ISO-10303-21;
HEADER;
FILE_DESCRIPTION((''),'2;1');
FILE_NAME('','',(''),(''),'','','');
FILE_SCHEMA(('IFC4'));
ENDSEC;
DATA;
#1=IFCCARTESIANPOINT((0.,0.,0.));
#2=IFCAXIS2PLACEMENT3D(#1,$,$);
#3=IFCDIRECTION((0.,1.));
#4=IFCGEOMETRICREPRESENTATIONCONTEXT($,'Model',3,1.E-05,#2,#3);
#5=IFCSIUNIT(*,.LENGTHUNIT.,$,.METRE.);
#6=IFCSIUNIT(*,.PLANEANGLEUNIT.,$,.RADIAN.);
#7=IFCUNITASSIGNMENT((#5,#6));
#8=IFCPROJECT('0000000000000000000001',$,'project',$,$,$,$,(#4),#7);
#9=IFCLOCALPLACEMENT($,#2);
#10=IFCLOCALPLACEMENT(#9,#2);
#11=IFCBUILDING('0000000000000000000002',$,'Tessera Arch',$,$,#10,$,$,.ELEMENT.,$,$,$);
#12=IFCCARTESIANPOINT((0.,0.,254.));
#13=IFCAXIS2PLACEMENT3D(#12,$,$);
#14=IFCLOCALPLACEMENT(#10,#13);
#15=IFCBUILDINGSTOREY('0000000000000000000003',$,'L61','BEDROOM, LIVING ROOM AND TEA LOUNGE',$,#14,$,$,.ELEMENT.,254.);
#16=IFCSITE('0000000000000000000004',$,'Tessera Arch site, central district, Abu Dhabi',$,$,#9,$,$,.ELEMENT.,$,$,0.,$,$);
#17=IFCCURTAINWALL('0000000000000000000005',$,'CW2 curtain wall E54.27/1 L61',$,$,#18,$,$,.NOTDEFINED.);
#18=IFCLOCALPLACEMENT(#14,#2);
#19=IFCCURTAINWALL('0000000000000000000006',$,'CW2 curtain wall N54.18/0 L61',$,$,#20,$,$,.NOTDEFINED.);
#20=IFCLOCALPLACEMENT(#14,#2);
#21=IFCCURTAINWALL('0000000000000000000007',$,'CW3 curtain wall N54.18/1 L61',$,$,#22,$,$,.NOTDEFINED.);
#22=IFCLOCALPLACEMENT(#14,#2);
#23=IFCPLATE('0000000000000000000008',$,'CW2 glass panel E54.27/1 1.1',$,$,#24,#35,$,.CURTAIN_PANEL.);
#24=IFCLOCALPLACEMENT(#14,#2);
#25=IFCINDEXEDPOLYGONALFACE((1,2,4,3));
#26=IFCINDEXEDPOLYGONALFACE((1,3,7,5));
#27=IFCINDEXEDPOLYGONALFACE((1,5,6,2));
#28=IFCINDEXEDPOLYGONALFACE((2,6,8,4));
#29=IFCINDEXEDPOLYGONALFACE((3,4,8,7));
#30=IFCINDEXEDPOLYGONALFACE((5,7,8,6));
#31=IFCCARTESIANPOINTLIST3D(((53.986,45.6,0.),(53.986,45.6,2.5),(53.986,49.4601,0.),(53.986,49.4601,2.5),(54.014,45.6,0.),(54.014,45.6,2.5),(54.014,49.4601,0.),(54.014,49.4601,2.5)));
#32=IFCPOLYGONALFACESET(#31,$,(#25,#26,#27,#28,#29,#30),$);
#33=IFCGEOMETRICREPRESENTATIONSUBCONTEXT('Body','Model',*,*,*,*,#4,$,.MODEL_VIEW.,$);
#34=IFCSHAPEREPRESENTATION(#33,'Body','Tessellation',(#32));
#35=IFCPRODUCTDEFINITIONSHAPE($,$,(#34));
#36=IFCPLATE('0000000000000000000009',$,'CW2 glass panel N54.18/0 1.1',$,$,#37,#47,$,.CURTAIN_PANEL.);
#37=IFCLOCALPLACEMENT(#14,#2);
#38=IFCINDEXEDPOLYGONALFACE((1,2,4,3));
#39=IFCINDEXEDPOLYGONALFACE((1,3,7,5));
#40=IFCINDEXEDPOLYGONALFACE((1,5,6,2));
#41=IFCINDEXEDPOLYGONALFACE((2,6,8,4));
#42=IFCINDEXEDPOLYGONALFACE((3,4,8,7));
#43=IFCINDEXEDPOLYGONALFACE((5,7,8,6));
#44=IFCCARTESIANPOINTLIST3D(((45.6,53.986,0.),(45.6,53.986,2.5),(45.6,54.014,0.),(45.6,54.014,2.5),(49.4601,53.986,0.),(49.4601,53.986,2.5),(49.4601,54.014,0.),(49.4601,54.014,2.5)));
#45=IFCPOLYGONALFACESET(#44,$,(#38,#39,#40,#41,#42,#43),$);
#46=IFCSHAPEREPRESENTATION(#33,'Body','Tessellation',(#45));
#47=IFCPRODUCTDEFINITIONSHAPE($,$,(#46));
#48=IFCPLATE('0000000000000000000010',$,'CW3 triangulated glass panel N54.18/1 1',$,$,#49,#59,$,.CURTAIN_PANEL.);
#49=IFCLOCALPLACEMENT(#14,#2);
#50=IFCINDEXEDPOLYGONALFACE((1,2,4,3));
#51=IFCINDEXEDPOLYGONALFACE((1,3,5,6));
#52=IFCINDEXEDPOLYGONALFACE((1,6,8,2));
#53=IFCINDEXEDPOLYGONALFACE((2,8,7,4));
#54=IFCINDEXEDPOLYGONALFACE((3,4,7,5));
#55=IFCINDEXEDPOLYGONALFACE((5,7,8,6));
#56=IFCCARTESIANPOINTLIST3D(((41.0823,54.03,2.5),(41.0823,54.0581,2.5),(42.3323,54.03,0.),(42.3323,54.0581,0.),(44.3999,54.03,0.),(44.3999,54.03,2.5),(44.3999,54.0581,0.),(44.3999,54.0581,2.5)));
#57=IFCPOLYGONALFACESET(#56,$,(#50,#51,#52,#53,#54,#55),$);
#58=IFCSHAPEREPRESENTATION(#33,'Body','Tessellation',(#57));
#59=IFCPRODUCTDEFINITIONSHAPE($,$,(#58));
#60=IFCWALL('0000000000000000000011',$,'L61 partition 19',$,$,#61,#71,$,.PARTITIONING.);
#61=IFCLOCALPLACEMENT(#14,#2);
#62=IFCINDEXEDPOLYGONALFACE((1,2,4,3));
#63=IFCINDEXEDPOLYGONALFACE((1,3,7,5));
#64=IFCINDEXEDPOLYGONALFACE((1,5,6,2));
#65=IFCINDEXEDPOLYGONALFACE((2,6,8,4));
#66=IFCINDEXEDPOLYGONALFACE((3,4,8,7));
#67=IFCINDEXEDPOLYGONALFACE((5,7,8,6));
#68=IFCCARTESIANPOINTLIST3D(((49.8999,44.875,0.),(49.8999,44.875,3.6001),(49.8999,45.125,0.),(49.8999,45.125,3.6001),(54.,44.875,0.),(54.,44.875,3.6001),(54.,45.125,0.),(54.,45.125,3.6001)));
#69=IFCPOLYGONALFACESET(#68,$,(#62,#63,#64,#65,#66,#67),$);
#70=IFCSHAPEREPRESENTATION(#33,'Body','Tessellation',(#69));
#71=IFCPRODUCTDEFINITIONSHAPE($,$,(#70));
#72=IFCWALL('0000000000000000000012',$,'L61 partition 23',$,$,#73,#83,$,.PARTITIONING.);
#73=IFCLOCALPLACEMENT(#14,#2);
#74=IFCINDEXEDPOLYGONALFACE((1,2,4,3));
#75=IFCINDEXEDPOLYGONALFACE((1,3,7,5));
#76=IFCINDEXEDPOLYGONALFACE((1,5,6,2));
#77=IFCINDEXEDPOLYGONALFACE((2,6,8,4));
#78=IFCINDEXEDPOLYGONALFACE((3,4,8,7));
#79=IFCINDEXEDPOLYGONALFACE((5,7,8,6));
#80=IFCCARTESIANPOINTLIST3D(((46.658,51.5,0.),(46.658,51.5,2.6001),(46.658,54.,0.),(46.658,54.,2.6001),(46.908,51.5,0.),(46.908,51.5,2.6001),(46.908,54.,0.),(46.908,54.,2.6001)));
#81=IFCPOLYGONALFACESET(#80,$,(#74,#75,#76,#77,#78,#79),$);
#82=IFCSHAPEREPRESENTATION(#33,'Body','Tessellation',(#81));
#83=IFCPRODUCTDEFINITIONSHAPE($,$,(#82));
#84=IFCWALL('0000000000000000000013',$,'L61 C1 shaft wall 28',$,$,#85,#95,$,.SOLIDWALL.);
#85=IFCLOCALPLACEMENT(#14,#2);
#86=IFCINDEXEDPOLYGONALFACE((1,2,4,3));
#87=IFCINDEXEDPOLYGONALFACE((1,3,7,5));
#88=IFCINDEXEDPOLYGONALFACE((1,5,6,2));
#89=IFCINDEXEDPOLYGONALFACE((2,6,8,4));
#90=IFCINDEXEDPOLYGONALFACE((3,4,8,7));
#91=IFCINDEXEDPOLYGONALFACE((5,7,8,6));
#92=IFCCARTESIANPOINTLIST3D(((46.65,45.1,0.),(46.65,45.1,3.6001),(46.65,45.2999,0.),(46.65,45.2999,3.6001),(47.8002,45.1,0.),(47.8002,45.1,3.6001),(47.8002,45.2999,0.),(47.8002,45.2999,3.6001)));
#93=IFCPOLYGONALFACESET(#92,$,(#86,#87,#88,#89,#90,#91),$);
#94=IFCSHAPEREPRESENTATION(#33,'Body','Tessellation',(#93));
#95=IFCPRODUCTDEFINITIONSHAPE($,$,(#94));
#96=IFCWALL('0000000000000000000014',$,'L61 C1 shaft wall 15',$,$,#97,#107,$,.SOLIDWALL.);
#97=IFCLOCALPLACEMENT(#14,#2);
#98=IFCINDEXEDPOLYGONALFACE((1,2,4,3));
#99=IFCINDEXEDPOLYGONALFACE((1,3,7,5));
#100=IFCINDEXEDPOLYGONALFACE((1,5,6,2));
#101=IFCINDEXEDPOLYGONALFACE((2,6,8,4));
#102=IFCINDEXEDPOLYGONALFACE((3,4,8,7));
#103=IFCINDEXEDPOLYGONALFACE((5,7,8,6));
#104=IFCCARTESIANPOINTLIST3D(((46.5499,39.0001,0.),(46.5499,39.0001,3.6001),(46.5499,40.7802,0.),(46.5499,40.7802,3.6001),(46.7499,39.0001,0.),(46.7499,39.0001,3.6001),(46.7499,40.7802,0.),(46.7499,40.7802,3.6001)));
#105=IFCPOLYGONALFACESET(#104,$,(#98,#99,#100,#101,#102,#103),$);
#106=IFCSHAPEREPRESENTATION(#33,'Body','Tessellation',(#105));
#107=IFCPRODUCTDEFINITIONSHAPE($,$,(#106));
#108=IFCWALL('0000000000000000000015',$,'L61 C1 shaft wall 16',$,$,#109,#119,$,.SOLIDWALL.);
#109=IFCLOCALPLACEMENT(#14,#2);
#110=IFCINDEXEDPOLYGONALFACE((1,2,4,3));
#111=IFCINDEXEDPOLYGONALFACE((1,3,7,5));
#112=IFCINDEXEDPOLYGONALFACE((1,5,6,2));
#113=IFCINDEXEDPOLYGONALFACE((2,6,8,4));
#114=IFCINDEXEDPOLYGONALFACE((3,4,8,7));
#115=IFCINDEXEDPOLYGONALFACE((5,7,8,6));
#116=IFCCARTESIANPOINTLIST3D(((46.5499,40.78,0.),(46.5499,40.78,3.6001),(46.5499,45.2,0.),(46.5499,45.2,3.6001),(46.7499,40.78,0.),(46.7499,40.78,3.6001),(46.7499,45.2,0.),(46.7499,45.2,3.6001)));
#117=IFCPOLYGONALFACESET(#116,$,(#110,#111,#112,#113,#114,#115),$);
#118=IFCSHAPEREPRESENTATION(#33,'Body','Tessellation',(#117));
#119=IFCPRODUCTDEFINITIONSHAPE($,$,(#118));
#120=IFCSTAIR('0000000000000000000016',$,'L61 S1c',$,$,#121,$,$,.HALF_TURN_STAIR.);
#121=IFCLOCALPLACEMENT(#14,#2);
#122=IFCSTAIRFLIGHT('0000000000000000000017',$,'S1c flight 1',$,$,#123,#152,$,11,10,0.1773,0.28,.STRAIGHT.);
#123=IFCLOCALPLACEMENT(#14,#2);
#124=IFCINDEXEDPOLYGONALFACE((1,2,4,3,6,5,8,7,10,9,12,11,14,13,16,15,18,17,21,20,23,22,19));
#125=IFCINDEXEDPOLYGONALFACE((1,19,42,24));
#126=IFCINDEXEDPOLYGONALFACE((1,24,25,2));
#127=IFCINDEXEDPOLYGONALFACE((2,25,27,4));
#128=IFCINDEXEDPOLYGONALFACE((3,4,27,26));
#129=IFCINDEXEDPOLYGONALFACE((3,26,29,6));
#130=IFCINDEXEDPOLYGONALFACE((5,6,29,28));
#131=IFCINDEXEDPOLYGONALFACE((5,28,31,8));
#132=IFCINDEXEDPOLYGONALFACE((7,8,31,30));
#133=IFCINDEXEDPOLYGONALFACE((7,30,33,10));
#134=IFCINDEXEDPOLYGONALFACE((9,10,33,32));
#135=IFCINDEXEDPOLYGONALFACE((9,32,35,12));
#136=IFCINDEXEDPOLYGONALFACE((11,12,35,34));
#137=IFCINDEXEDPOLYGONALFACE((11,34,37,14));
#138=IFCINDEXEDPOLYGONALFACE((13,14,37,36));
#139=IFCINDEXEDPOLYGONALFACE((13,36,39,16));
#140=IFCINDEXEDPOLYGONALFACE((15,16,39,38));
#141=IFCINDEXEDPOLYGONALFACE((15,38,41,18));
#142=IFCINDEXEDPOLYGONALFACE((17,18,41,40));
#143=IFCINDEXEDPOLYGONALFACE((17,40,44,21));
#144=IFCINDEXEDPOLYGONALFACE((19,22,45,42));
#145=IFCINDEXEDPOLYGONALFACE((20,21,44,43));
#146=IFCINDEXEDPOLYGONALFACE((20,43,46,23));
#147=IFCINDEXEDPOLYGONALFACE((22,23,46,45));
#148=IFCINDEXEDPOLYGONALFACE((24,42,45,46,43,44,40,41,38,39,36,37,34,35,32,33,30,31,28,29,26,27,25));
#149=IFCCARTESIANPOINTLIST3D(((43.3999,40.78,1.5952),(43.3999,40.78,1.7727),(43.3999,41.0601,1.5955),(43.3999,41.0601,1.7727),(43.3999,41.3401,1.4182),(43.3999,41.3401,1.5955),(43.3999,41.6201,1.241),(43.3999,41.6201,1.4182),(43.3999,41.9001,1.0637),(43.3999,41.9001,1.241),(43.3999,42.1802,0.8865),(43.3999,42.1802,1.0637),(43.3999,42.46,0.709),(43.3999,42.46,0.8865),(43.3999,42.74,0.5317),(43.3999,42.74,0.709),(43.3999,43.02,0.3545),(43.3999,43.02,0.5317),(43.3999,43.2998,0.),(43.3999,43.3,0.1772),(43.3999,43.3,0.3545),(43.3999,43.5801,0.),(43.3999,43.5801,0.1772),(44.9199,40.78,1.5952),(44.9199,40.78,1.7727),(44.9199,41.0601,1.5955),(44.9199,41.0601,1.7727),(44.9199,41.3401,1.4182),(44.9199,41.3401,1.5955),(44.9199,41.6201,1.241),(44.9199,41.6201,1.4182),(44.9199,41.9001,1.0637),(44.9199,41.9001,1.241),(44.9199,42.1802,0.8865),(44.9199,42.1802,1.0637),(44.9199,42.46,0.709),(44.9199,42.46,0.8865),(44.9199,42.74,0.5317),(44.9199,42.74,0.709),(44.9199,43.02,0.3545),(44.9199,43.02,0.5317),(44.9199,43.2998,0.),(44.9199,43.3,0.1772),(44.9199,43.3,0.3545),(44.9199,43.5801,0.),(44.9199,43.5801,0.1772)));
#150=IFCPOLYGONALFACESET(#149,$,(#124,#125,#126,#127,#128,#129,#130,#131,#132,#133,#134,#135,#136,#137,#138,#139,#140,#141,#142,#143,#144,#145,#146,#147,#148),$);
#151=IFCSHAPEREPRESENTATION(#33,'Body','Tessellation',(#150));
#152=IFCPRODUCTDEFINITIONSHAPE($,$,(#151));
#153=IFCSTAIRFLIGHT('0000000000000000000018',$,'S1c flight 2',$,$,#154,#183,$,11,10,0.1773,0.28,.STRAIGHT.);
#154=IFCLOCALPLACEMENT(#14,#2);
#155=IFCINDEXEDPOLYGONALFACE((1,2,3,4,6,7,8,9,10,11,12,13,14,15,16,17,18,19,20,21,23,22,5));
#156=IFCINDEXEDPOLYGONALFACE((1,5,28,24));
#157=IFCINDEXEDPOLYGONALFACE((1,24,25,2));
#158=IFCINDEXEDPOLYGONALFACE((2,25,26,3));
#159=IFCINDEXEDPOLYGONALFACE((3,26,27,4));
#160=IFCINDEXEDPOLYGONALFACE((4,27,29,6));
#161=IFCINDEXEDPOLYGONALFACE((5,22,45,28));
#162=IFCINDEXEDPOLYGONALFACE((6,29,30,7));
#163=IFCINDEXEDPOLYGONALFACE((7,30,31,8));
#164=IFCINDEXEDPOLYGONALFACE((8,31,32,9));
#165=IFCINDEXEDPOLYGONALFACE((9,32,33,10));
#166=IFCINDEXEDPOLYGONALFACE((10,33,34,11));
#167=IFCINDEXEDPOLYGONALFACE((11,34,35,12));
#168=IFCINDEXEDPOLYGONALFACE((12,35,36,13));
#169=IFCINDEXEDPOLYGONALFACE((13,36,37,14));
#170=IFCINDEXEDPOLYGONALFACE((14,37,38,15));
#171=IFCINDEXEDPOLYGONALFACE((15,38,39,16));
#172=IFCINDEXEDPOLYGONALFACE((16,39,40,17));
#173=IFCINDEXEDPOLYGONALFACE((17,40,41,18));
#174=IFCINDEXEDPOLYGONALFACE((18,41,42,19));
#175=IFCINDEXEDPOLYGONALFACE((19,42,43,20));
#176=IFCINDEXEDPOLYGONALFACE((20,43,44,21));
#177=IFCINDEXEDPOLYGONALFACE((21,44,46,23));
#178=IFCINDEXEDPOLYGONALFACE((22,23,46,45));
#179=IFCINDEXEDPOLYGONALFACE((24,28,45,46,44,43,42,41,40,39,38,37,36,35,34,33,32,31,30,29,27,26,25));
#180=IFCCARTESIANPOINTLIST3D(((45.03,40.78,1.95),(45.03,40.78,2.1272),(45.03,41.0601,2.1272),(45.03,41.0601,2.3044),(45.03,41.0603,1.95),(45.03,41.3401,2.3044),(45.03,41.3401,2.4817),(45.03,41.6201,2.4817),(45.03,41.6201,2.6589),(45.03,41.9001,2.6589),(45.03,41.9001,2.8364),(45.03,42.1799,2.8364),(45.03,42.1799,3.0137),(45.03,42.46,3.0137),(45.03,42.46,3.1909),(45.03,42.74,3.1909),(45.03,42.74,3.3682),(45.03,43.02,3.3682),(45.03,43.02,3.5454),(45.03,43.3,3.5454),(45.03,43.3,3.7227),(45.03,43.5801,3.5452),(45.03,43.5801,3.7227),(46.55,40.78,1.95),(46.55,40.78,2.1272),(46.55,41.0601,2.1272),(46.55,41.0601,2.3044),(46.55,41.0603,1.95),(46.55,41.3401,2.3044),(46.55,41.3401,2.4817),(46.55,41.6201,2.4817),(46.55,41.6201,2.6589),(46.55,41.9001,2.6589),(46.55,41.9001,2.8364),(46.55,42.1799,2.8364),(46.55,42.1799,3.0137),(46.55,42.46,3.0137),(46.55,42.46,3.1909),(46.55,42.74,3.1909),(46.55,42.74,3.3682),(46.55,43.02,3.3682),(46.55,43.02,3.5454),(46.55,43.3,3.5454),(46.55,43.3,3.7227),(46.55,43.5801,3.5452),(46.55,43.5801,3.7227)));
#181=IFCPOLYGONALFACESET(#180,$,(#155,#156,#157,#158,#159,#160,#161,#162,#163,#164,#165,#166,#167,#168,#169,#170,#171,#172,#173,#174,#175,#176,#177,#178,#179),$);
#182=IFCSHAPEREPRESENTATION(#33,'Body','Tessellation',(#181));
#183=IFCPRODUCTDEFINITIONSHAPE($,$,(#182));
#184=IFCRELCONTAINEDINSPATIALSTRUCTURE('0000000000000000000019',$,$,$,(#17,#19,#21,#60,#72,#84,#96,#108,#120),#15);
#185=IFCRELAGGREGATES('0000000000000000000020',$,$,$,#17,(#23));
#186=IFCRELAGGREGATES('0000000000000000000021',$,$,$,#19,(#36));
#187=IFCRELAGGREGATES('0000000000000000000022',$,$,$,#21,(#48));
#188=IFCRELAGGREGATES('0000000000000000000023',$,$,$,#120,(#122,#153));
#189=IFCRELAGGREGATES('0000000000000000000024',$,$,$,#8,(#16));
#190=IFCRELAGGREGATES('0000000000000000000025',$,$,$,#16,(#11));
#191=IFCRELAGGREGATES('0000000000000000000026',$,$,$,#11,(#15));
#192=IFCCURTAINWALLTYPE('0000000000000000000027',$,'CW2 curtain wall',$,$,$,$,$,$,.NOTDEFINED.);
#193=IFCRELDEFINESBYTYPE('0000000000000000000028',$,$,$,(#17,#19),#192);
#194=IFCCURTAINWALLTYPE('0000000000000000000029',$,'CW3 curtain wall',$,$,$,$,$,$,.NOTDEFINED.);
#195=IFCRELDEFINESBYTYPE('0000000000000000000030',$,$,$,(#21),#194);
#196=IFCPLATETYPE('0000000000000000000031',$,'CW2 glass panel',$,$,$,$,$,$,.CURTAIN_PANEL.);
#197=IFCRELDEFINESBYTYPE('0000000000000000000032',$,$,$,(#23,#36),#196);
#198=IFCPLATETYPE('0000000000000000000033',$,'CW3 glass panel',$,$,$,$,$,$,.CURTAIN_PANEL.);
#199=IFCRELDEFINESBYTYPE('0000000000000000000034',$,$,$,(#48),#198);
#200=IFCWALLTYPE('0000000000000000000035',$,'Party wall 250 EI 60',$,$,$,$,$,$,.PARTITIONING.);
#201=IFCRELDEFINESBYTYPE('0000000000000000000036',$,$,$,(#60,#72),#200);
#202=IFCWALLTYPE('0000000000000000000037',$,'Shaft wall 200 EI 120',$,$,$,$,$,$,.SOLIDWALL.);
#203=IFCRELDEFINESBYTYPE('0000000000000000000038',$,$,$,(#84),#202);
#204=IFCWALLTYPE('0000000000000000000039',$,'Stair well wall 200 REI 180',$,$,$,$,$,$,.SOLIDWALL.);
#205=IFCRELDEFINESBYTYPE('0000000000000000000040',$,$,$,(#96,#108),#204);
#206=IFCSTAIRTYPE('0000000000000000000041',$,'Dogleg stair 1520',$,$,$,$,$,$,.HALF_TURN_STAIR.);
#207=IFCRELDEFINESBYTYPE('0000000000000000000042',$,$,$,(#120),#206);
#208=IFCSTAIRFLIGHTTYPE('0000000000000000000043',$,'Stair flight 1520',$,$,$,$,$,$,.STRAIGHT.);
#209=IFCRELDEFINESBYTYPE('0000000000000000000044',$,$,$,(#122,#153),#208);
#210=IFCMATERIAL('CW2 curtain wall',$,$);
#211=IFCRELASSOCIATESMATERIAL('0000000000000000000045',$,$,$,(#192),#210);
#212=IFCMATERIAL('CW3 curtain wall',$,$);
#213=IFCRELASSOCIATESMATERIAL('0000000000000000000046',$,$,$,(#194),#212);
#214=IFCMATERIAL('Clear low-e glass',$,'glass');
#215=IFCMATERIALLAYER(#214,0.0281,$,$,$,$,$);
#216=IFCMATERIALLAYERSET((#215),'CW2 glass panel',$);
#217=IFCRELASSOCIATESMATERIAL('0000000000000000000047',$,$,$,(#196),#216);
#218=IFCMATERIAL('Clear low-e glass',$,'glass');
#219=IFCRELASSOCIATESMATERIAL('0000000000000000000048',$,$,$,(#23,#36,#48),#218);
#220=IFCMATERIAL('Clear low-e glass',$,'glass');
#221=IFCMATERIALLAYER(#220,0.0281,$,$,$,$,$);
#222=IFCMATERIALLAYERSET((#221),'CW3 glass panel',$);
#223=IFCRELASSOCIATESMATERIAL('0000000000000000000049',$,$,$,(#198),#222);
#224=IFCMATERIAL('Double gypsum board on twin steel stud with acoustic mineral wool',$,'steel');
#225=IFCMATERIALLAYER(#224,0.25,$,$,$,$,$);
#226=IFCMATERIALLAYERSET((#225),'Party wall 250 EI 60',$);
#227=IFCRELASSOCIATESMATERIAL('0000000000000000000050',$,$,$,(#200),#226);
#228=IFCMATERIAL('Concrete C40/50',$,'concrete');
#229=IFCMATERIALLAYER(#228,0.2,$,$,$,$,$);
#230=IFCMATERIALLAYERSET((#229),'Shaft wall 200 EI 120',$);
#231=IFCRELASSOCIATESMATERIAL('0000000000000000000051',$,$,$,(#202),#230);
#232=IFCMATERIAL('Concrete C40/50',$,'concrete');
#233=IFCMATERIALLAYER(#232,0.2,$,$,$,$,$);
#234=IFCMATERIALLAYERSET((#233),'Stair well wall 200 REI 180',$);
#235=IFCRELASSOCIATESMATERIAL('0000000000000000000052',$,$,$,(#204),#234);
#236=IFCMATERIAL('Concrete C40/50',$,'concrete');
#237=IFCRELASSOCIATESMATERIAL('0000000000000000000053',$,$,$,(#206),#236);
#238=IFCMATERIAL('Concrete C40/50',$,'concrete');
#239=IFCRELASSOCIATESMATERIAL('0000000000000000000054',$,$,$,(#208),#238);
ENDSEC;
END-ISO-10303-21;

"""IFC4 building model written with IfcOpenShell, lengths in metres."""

from ifc_helpers import new_model, si_unit, direction, frame, frame_2d, origin, origin_2d, place, context, subcontext, project, spatial, polyline, rectangle, outline, extrude, material, layer, layer_set, type_object, element, aggregate, save


model = new_model("IFC4")

# Units and contexts
model_context = context("Model", 3, precision=1e-05, world=origin(), true_north=direction((0.0, 1.0)))
body_context = subcontext(model_context, "Body", "Model", "MODEL_VIEW")
ifc_project = project(units=[si_unit("LENGTHUNIT", "METRE"), si_unit("PLANEANGLEUNIT", "RADIAN")], contexts=[model_context])

# Site, building, storey
site_placement = place(None, origin())
site = spatial("IfcSite", under=ifc_project, at=site_placement, Name="Tessera Arch site, central district, Abu Dhabi", CompositionType="ELEMENT", RefElevation=0.0)
building_placement = place(site_placement, origin())
building = spatial("IfcBuilding", under=site, at=building_placement, Name="Tessera Arch", CompositionType="ELEMENT")
storey_placement = place(building_placement, frame((0.0, 0.0, 254.0)))
storey = spatial("IfcBuildingStorey", under=building, at=storey_placement, Name="L61", Description="BEDROOM, LIVING ROOM AND TEA LOUNGE", CompositionType="ELEMENT", Elevation=254.0)

# Curtain walls
ifc_material_1 = material(Name="CW2 curtain wall")
curtain_wall_type_1 = type_object("IfcCurtainWallType", Name="CW2 curtain wall", PredefinedType="NOTDEFINED", material=ifc_material_1)
curtain_wall_1_placement = place(storey_placement, origin())
curtain_wall_1 = element("IfcCurtainWall", 1, at=curtain_wall_1_placement, inside=storey, type_object=curtain_wall_type_1, Name="CW2 curtain wall E54.27/1 L61", PredefinedType="NOTDEFINED")
curtain_wall_2_placement = place(storey_placement, origin())
curtain_wall_2 = element("IfcCurtainWall", 2, at=curtain_wall_2_placement, inside=storey, type_object=curtain_wall_type_1, Name="CW2 curtain wall N54.18/0 L61", PredefinedType="NOTDEFINED")
ifc_material_2 = material(Name="CW3 curtain wall")
curtain_wall_type_2 = type_object("IfcCurtainWallType", Name="CW3 curtain wall", PredefinedType="NOTDEFINED", material=ifc_material_2)
curtain_wall_3_placement = place(storey_placement, origin())
curtain_wall_3 = element("IfcCurtainWall", 3, at=curtain_wall_3_placement, inside=storey, type_object=curtain_wall_type_2, Name="CW3 curtain wall N54.18/1 L61", PredefinedType="NOTDEFINED")

# Plates
ifc_material_3 = material(Name="Clear low-e glass", Category="glass")
ifc_material_4 = material(Name="Clear low-e glass", Category="glass")
ifc_layer_1 = layer(ifc_material_4, 0.0281)
ifc_layer_set_1 = layer_set([ifc_layer_1], Name="CW2 glass panel")
plate_type_1 = type_object("IfcPlateType", Name="CW2 glass panel", PredefinedType="CURTAIN_PANEL", material=ifc_layer_set_1)
plate_1_placement = place(storey_placement, frame((54.0, 47.53, 0.0), z_axis=(0.0, 0.0, 1.0), x_axis=(0.0, 1.0, 0.0)))
plate_1 = element("IfcPlate", 4, at=plate_1_placement, type_object=plate_type_1, material=ifc_material_3, Name="CW2 glass panel E54.27/1 1.1", PredefinedType="CURTAIN_PANEL", context=body_context, shape_type="SweptSolid", body=[
    extrude(rectangle(XDim=3.8601, YDim=0.0281, at=origin_2d()), origin(), (0.0, 0.0, 1.0), 2.5),
])
aggregate(curtain_wall_1, [plate_1])
plate_2_placement = place(storey_placement, frame((47.53, 54.0, 0.0), z_axis=(0.0, 0.0, 1.0), x_axis=(-1.0, 0.0, 0.0)))
plate_2 = element("IfcPlate", 5, at=plate_2_placement, type_object=plate_type_1, material=ifc_material_3, Name="CW2 glass panel N54.18/0 1.1", PredefinedType="CURTAIN_PANEL", context=body_context, shape_type="SweptSolid", body=[
    extrude(rectangle(XDim=3.8601, YDim=0.0281, at=origin_2d()), origin(), (0.0, 0.0, 1.0), 2.5),
])
aggregate(curtain_wall_2, [plate_2])
ifc_material_5 = material(Name="Clear low-e glass", Category="glass")
ifc_layer_2 = layer(ifc_material_5, 0.0281)
ifc_layer_set_2 = layer_set([ifc_layer_2], Name="CW3 glass panel")
plate_type_2 = type_object("IfcPlateType", Name="CW3 glass panel", PredefinedType="CURTAIN_PANEL", material=ifc_layer_set_2)
plate_3_placement = place(storey_placement, frame((44.3999, 54.0581, 0.0), z_axis=(0.0, 1.0, 0.0), x_axis=(-1.0, 0.0, 0.0)))
plate_3 = element("IfcPlate", 6, at=plate_3_placement, type_object=plate_type_2, material=ifc_material_3, Name="CW3 triangulated glass panel N54.18/1 1", PredefinedType="CURTAIN_PANEL", context=body_context, shape_type="SweptSolid", body=[
    extrude(outline(polyline([(0.0, 0.0), (2.0676, 0.0), (3.3176, 2.5), (0.0, 2.5), (0.0, 0.0)])), origin(), (0.0, 0.0, -1.0), 0.0281),
])
aggregate(curtain_wall_3, [plate_3])

# Walls
ifc_material_6 = material(Name="Double gypsum board on twin steel stud with acoustic mineral wool", Category="steel")
ifc_layer_3 = layer(ifc_material_6, 0.25)
ifc_layer_set_3 = layer_set([ifc_layer_3], Name="Party wall 250 EI 60")
wall_type_1 = type_object("IfcWallType", Name="Party wall 250 EI 60", PredefinedType="PARTITIONING", material=ifc_layer_set_3)
wall_1_placement = place(storey_placement, frame((49.8999, 45.0, 0.0), z_axis=(0.0, 0.0, 1.0), x_axis=(1.0, 0.0, 0.0)))
element("IfcWall", 7, at=wall_1_placement, inside=storey, type_object=wall_type_1, Name="L61 partition 19", PredefinedType="PARTITIONING", context=body_context, shape_type="SweptSolid", body=[
    extrude(rectangle(XDim=4.1001, YDim=0.25, at=frame_2d((2.05, 0.0))), origin(), (0.0, 0.0, 1.0), 3.6001),
])
wall_2_placement = place(storey_placement, frame((46.783, 51.5, 0.0), z_axis=(0.0, 0.0, 1.0), x_axis=(0.0, 1.0, 0.0)))
element("IfcWall", 8, at=wall_2_placement, inside=storey, type_object=wall_type_1, Name="L61 partition 23", PredefinedType="PARTITIONING", context=body_context, shape_type="SweptSolid", body=[
    extrude(rectangle(XDim=2.5, YDim=0.25, at=frame_2d((1.25, 0.0))), origin(), (0.0, 0.0, 1.0), 2.6001),
])
ifc_material_7 = material(Name="Concrete C40/50", Category="concrete")
ifc_layer_4 = layer(ifc_material_7, 0.2)
ifc_layer_set_4 = layer_set([ifc_layer_4], Name="Shaft wall 200 EI 120")
wall_type_2 = type_object("IfcWallType", Name="Shaft wall 200 EI 120", PredefinedType="SOLIDWALL", material=ifc_layer_set_4)
wall_3_placement = place(storey_placement, frame((46.6499, 45.2, 0.0), z_axis=(0.0, 0.0, 1.0), x_axis=(1.0, 0.0, 0.0)))
element("IfcWall", 9, at=wall_3_placement, inside=storey, type_object=wall_type_2, Name="L61 C1 shaft wall 28", PredefinedType="SOLIDWALL", context=body_context, shape_type="SweptSolid", body=[
    extrude(rectangle(XDim=1.1501, YDim=0.2, at=frame_2d((0.5752, 0.0))), origin(), (0.0, 0.0, 1.0), 3.6001),
])
ifc_material_8 = material(Name="Concrete C40/50", Category="concrete")
ifc_layer_5 = layer(ifc_material_8, 0.2)
ifc_layer_set_5 = layer_set([ifc_layer_5], Name="Stair well wall 200 REI 180")
wall_type_3 = type_object("IfcWallType", Name="Stair well wall 200 REI 180", PredefinedType="SOLIDWALL", material=ifc_layer_set_5)
wall_4_placement = place(storey_placement, frame((46.6499, 39.0, 0.0), z_axis=(0.0, 0.0, 1.0), x_axis=(0.0, 1.0, 0.0)))
element("IfcWall", 10, at=wall_4_placement, inside=storey, type_object=wall_type_3, Name="L61 C1 shaft wall 15", PredefinedType="SOLIDWALL", context=body_context, shape_type="SweptSolid", body=[
    extrude(rectangle(XDim=1.78, YDim=0.2, at=frame_2d((0.8901, 0.0))), origin(), (0.0, 0.0, 1.0), 3.6001),
])
wall_5_placement = place(storey_placement, frame((46.6499, 40.78, 0.0), z_axis=(0.0, 0.0, 1.0), x_axis=(0.0, 1.0, 0.0)))
element("IfcWall", 11, at=wall_5_placement, inside=storey, type_object=wall_type_3, Name="L61 C1 shaft wall 16", PredefinedType="SOLIDWALL", context=body_context, shape_type="SweptSolid", body=[
    extrude(rectangle(XDim=4.4199, YDim=0.2, at=frame_2d((2.21, 0.0))), origin(), (0.0, 0.0, 1.0), 3.6001),
])

# Stair, stair flights
ifc_material_9 = material(Name="Concrete C40/50", Category="concrete")
stair_type = type_object("IfcStairType", Name="Dogleg stair 1520", PredefinedType="HALF_TURN_STAIR", material=ifc_material_9)
stair_placement = place(storey_placement, origin())
stair = element("IfcStair", 12, at=stair_placement, inside=storey, type_object=stair_type, Name="L61 S1c", PredefinedType="HALF_TURN_STAIR")
ifc_material_10 = material(Name="Concrete C40/50", Category="concrete")
stair_flight_type = type_object("IfcStairFlightType", Name="Stair flight 1520", PredefinedType="STRAIGHT", material=ifc_material_10)
stair_flight_1_placement = place(storey_placement, frame((44.1599, 43.5801, 0.0), z_axis=(0.0, 0.0, 1.0), x_axis=(0.0, -1.0, 0.0)))
stair_flight_1 = element("IfcStairFlight", 13, at=stair_flight_1_placement, type_object=stair_flight_type, Name="S1c flight 1", NumberOfRisers=11, NumberOfTreads=10, PredefinedType="STRAIGHT", RiserHeight=0.1773, TreadLength=0.28, context=body_context, shape_type="SweptSolid", body=[
    extrude(outline(polyline([(0.0, 0.0), (0.0, 0.1772), (0.28, 0.1772), (0.28, 0.3545), (0.5601, 0.3545), (0.5601, 0.5317), (0.8401, 0.5317), (0.8401, 0.709), (1.1201, 0.709), (1.1201, 0.8865), (1.3999, 0.8865), (1.3999, 1.0637), (1.6799, 1.0637), (1.6799, 1.241), (1.96, 1.241), (1.96, 1.4182), (2.24, 1.4182), (2.24, 1.5955), (2.52, 1.5955), (2.52, 1.7727), (2.8, 1.7727), (2.8, 1.95), (2.8, 1.5952), (0.2803, 0.0), (0.0, 0.0)])), frame((0.0, 0.76, 0.0), z_axis=(0.0, -1.0, 0.0), x_axis=(1.0, 0.0, 0.0)), (0.0, 0.0, 1.0), 1.52),
])
stair_flight_2_placement = place(storey_placement, frame((45.79, 40.78, 1.95), z_axis=(0.0, 0.0, 1.0), x_axis=(0.0, 1.0, 0.0)))
stair_flight_2 = element("IfcStairFlight", 14, at=stair_flight_2_placement, type_object=stair_flight_type, Name="S1c flight 2", NumberOfRisers=11, NumberOfTreads=10, PredefinedType="STRAIGHT", RiserHeight=0.1773, TreadLength=0.28, context=body_context, shape_type="SweptSolid", body=[
    extrude(outline(polyline([(0.0, 0.0), (0.0, 0.1772), (0.28, 0.1772), (0.28, 0.3545), (0.5601, 0.3545), (0.5601, 0.5317), (0.8401, 0.5317), (0.8401, 0.709), (1.1201, 0.709), (1.1201, 0.8865), (1.3999, 0.8865), (1.3999, 1.0637), (1.6799, 1.0637), (1.6799, 1.241), (1.96, 1.241), (1.96, 1.4182), (2.24, 1.4182), (2.24, 1.5955), (2.52, 1.5955), (2.52, 1.7727), (2.8, 1.7727), (2.8, 1.95), (2.8, 1.5952), (0.2803, 0.0), (0.0, 0.0)])), frame((0.0, 0.76, 0.0), z_axis=(0.0, -1.0, 0.0), x_axis=(1.0, 0.0, 0.0)), (0.0, 0.0, 1.0), 1.52),
])
aggregate(stair, [stair_flight_1, stair_flight_2])

save(model, "model.ifc")
